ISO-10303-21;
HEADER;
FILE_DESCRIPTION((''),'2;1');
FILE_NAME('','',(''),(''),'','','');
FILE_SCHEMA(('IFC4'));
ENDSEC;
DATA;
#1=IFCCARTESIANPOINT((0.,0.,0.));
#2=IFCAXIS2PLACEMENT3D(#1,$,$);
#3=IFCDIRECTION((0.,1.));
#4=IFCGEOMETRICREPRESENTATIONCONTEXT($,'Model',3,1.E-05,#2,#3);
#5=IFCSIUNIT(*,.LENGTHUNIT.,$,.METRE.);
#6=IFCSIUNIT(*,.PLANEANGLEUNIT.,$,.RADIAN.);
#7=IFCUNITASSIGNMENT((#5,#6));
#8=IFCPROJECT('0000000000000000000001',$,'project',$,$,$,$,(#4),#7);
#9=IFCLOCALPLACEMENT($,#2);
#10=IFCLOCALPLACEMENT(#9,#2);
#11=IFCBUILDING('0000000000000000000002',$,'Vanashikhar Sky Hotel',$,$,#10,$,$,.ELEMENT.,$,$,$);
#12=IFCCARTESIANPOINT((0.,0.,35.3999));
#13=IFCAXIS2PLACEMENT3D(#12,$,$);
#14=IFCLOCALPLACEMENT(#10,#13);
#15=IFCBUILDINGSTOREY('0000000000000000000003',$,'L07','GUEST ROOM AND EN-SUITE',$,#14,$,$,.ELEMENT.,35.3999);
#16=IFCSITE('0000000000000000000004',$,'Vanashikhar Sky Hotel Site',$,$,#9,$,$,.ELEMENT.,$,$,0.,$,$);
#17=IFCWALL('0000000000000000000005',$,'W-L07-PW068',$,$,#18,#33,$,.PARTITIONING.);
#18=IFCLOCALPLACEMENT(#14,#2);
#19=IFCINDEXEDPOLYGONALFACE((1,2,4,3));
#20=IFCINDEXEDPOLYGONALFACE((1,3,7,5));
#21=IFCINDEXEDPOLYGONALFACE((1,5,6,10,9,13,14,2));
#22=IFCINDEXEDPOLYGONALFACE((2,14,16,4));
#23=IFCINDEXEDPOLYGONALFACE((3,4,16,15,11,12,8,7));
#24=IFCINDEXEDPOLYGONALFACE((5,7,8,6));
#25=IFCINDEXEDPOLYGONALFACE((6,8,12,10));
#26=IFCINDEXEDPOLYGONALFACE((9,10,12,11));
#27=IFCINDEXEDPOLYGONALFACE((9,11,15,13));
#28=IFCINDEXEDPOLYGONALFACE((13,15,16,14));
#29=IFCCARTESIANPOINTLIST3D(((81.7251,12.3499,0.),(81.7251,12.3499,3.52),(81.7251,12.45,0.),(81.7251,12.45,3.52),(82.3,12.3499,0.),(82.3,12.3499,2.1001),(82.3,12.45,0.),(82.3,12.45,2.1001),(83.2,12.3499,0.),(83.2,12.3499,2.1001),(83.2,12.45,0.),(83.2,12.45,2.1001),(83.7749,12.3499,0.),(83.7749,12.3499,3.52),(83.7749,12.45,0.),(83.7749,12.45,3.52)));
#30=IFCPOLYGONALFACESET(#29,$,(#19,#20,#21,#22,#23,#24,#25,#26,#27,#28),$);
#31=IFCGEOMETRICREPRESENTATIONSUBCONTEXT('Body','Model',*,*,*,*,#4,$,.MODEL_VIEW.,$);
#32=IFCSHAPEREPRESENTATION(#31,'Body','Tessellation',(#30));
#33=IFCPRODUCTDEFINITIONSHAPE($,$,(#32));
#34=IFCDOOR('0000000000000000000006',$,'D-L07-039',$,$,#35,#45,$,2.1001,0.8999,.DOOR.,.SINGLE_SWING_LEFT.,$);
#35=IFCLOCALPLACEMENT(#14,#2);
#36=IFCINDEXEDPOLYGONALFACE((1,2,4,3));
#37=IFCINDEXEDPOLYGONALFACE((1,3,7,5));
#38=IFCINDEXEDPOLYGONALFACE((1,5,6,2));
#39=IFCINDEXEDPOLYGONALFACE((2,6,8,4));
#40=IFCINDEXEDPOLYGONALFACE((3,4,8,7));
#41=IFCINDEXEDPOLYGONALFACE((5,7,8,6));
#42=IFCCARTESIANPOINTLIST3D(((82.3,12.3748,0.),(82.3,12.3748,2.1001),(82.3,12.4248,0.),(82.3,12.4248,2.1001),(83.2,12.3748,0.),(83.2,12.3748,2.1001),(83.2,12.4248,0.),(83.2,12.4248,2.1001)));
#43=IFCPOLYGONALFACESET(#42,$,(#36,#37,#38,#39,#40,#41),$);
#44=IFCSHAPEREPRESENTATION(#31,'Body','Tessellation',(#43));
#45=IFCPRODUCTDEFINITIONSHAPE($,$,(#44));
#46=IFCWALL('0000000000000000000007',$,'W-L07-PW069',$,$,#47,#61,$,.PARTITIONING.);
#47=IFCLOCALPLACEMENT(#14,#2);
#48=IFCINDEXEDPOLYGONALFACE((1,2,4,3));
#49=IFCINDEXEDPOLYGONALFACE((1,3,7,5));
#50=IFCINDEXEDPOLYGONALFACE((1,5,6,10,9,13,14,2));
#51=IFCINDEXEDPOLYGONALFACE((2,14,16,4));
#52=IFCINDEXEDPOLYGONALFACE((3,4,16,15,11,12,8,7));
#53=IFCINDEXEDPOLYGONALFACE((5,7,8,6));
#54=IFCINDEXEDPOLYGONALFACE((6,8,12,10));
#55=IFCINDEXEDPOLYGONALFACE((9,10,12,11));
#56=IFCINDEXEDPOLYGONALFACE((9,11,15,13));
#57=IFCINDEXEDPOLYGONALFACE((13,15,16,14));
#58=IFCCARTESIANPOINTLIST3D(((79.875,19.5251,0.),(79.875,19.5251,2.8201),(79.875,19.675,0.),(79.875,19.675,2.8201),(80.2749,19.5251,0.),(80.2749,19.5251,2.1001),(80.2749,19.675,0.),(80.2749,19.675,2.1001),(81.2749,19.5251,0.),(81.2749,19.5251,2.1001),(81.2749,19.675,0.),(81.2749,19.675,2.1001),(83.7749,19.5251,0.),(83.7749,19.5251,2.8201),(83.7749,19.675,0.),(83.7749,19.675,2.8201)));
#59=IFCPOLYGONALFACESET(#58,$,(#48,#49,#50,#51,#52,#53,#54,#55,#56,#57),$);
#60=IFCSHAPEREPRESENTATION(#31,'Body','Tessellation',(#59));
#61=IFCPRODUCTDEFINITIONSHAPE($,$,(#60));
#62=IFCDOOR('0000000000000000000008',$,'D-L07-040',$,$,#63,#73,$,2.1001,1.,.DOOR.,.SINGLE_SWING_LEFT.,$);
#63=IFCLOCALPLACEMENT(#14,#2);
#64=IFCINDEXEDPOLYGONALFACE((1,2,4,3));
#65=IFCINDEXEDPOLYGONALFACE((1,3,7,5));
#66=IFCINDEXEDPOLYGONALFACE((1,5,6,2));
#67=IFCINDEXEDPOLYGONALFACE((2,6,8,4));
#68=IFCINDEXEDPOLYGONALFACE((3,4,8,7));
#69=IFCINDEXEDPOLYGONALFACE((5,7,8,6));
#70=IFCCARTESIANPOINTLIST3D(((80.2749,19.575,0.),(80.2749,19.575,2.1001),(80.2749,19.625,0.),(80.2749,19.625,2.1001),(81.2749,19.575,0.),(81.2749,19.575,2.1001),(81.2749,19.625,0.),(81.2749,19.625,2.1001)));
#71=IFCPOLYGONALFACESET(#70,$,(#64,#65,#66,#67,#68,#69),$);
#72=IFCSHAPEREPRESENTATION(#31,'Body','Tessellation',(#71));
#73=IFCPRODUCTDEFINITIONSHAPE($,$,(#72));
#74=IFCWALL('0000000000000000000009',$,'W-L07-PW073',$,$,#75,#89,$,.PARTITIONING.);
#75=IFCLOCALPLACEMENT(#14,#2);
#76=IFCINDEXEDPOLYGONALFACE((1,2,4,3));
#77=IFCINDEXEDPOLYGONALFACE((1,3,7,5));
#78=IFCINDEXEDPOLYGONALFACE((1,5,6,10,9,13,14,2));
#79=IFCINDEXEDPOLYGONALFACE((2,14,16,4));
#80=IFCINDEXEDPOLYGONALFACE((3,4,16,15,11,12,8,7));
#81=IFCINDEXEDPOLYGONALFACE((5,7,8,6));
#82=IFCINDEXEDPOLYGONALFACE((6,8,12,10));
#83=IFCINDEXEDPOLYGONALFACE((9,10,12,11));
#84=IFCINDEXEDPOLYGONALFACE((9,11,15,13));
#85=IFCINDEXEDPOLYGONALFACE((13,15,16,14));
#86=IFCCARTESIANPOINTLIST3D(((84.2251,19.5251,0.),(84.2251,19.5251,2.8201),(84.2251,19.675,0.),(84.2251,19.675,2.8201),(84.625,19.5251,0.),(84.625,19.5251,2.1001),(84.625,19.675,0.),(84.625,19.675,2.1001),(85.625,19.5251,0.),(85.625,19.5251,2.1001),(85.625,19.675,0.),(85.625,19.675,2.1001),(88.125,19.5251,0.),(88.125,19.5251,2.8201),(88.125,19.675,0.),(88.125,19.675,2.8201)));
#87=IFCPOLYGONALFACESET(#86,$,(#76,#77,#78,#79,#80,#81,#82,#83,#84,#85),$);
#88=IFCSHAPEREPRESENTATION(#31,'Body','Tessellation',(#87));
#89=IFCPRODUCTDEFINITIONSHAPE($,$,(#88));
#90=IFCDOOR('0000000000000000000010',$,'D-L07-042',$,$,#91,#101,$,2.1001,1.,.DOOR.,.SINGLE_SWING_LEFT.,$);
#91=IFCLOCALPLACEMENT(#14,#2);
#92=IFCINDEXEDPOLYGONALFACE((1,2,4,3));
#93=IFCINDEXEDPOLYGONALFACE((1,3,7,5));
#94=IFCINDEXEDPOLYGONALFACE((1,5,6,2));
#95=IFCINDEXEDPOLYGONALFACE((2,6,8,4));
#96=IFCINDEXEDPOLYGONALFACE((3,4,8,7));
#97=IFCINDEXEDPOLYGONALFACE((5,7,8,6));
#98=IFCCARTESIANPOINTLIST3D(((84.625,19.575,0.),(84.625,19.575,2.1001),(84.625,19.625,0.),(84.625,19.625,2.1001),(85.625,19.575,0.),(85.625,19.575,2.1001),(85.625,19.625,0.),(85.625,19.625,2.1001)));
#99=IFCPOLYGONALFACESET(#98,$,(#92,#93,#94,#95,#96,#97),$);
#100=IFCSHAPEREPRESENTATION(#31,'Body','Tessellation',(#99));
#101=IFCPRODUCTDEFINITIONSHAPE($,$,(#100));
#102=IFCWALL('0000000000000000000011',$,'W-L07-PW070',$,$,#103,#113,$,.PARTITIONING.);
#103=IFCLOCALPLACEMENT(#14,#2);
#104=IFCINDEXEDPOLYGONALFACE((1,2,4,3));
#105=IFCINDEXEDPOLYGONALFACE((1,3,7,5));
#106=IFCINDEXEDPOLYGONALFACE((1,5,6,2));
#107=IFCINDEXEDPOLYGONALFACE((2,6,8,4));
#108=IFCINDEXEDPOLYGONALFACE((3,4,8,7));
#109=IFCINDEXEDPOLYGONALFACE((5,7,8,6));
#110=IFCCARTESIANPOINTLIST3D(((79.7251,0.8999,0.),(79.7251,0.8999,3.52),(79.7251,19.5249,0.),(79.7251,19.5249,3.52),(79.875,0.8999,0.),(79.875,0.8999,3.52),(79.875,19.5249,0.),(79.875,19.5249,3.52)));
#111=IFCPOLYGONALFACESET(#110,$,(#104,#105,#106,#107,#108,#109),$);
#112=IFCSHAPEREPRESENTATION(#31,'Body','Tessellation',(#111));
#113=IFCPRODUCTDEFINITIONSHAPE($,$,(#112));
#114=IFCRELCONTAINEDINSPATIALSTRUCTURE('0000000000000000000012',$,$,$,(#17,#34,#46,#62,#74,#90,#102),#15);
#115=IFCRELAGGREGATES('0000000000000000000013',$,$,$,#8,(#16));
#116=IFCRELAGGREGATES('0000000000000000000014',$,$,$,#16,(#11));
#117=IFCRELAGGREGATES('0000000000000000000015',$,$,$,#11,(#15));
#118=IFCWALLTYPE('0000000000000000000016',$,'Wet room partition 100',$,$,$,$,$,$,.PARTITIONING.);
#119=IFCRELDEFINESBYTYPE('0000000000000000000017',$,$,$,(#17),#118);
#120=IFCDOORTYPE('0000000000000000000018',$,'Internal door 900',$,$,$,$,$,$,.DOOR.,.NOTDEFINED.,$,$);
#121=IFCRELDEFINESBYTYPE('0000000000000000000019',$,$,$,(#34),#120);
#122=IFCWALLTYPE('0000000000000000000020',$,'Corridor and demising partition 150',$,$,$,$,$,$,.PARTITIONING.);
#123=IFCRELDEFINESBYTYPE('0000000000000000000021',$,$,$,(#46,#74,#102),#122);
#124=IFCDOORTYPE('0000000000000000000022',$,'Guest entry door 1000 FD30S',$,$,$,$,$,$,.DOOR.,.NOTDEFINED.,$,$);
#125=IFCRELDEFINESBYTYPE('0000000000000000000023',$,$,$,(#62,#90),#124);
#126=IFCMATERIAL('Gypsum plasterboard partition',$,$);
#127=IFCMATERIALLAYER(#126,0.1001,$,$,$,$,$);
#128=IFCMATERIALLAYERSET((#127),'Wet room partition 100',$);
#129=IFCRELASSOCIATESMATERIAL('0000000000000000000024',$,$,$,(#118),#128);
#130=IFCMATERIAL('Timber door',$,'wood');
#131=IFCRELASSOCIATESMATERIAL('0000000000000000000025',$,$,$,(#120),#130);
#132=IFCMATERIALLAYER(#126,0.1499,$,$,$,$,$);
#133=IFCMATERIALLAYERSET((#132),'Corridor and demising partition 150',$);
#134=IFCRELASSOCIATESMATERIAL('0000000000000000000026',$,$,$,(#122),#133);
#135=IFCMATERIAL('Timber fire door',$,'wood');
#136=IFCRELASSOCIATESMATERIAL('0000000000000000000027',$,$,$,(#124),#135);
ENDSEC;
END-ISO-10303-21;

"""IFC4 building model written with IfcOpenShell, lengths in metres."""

from ifc_helpers import new_model, si_unit, direction, frame, frame_2d, origin, place, context, subcontext, project, spatial, rectangle, extrude, source, transform, mapped, material, layer, layer_set, type_object, element, fill, save


model = new_model("IFC4")

# Units and contexts
model_context = context("Model", 3, precision=1e-05, world=origin(), true_north=direction((0.0, 1.0)))
body_context = subcontext(model_context, "Body", "Model", "MODEL_VIEW")
ifc_project = project(units=[si_unit("LENGTHUNIT", "METRE"), si_unit("PLANEANGLEUNIT", "RADIAN")], contexts=[model_context])

# Site, building, storey
site_placement = place(None, origin())
site = spatial("IfcSite", under=ifc_project, at=site_placement, Name="Vanashikhar Sky Hotel Site", CompositionType="ELEMENT", RefElevation=0.0)
building_placement = place(site_placement, origin())
building = spatial("IfcBuilding", under=site, at=building_placement, Name="Vanashikhar Sky Hotel", CompositionType="ELEMENT")
storey_placement = place(building_placement, frame((0.0, 0.0, 35.3999)))
storey = spatial("IfcBuildingStorey", under=building, at=storey_placement, Name="L07", Description="GUEST ROOM AND EN-SUITE", CompositionType="ELEMENT", Elevation=35.3999)

# Shared definitions
ifc_material_1 = material(Name="Gypsum plasterboard partition")
ifc_layer_1 = layer(ifc_material_1, 0.1001)
ifc_layer_set_1 = layer_set([ifc_layer_1], Name="Wet room partition 100")
wall_type_1 = type_object("IfcWallType", Name="Wet room partition 100", PredefinedType="PARTITIONING", material=ifc_layer_set_1)

# Walls, openings, doors
shared_shape_1 = source(origin(), body_context, "Body", "SweptSolid", [
    extrude(rectangle(XDim=0.8999, YDim=2.1001, at=frame_2d((0.45, 1.05))), frame((0.0, 0.0601, 0.0), z_axis=(0.0, -1.0, 0.0), x_axis=(1.0, 0.0, 0.0)), (0.0, 0.0, 1.0), 0.1201),
])
ifc_material_2 = material(Name="Timber door", Category="wood")
door_type_1 = type_object("IfcDoorType", Name="Internal door 900", OperationType="NOTDEFINED", PredefinedType="DOOR", material=ifc_material_2)
shared_shape_2 = source(origin(), body_context, "Body", "SweptSolid", [
    extrude(rectangle(XDim=0.8999, YDim=2.1001, at=frame_2d((0.45, 1.05))), frame((0.0, 0.0249, 0.0), z_axis=(0.0, -1.0, 0.0), x_axis=(1.0, 0.0, 0.0)), (0.0, 0.0, 1.0), 0.05),
])
ifc_layer_2 = layer(ifc_material_1, 0.1499)
ifc_layer_set_2 = layer_set([ifc_layer_2], Name="Corridor and demising partition 150")
wall_type_2 = type_object("IfcWallType", Name="Corridor and demising partition 150", PredefinedType="PARTITIONING", material=ifc_layer_set_2)
shared_shape_3 = source(origin(), body_context, "Body", "SweptSolid", [
    extrude(rectangle(XDim=1.0, YDim=2.1001, at=frame_2d((0.5, 1.05))), frame((0.0, 0.085, 0.0), z_axis=(0.0, -1.0, 0.0), x_axis=(1.0, 0.0, 0.0)), (0.0, 0.0, 1.0), 0.1699),
])
ifc_material_3 = material(Name="Timber fire door", Category="wood")
door_type_2 = type_object("IfcDoorType", Name="Guest entry door 1000 FD30S", OperationType="NOTDEFINED", PredefinedType="DOOR", material=ifc_material_3)
shared_shape_4 = source(origin(), body_context, "Body", "SweptSolid", [
    extrude(rectangle(XDim=1.0, YDim=2.1001, at=frame_2d((0.5, 1.05))), frame((0.0, 0.0249, 0.0), z_axis=(0.0, -1.0, 0.0), x_axis=(1.0, 0.0, 0.0)), (0.0, 0.0, 1.0), 0.05),
])
shared_shape_5 = source(origin(), body_context, "Body", "SweptSolid", [
    extrude(rectangle(XDim=2.0498, YDim=0.1001, at=frame_2d((1.0249, 0.0))), origin(), (0.0, 0.0, 1.0), 3.52),
])
wall_1_placement = place(storey_placement, frame((81.7251, 12.3999, 0.0), z_axis=(0.0, 0.0, 1.0), x_axis=(1.0, 0.0, 0.0)))
wall_1 = element("IfcWall", 1, at=wall_1_placement, inside=storey, type_object=wall_type_1, Name="W-L07-PW068", PredefinedType="PARTITIONING", context=body_context, shape_type="MappedRepresentation", body=[
    mapped(shared_shape_5, transform((0.0, 0.0, 0.0), scale=1.0)),
])
opening_1_placement = place(wall_1_placement, frame((0.575, 0.0, 0.0)))
opening_1 = element("IfcOpeningElement", 2, at=opening_1_placement, cuts=wall_1, PredefinedType="OPENING", context=body_context, shape_type="MappedRepresentation", body=[
    mapped(shared_shape_1, transform((0.0, 0.0, 0.0), scale=1.0)),
])
door_1_placement = place(opening_1_placement, origin())
door_1 = element("IfcDoor", 3, at=door_1_placement, inside=storey, type_object=door_type_1, Name="D-L07-039", OperationType="SINGLE_SWING_LEFT", OverallHeight=2.1001, OverallWidth=0.8999, PredefinedType="DOOR", context=body_context, shape_type="MappedRepresentation", body=[
    mapped(shared_shape_2, transform((0.0, 0.0, 0.0), scale=1.0)),
])
fill(opening_1, door_1)
shared_shape_6 = source(origin(), body_context, "Body", "SweptSolid", [
    extrude(rectangle(XDim=3.8999, YDim=0.1499, at=frame_2d((1.95, 0.0))), origin(), (0.0, 0.0, 1.0), 2.8201),
])
wall_2_placement = place(storey_placement, frame((79.875, 19.6001, 0.0), z_axis=(0.0, 0.0, 1.0), x_axis=(1.0, 0.0, 0.0)))
wall_2 = element("IfcWall", 4, at=wall_2_placement, inside=storey, type_object=wall_type_2, Name="W-L07-PW069", PredefinedType="PARTITIONING", context=body_context, shape_type="MappedRepresentation", body=[
    mapped(shared_shape_6, transform((0.0, 0.0, 0.0), scale=1.0)),
])
opening_2_placement = place(wall_2_placement, frame((0.3999, 0.0, 0.0)))
opening_2 = element("IfcOpeningElement", 5, at=opening_2_placement, cuts=wall_2, PredefinedType="OPENING", context=body_context, shape_type="MappedRepresentation", body=[
    mapped(shared_shape_3, transform((0.0, 0.0, 0.0), scale=1.0)),
])
door_2_placement = place(opening_2_placement, origin())
door_2 = element("IfcDoor", 6, at=door_2_placement, inside=storey, type_object=door_type_2, Name="D-L07-040", OperationType="SINGLE_SWING_LEFT", OverallHeight=2.1001, OverallWidth=1.0, PredefinedType="DOOR", context=body_context, shape_type="MappedRepresentation", body=[
    mapped(shared_shape_4, transform((0.0, 0.0, 0.0), scale=1.0)),
])
fill(opening_2, door_2)
wall_3_placement = place(storey_placement, frame((84.2251, 19.6001, 0.0), z_axis=(0.0, 0.0, 1.0), x_axis=(1.0, 0.0, 0.0)))
wall_3 = element("IfcWall", 7, at=wall_3_placement, inside=storey, type_object=wall_type_2, Name="W-L07-PW073", PredefinedType="PARTITIONING", context=body_context, shape_type="MappedRepresentation", body=[
    mapped(shared_shape_6, transform((0.0, 0.0, 0.0), scale=1.0)),
])
opening_3_placement = place(wall_3_placement, frame((0.3999, 0.0, 0.0)))
opening_3 = element("IfcOpeningElement", 8, at=opening_3_placement, cuts=wall_3, PredefinedType="OPENING", context=body_context, shape_type="MappedRepresentation", body=[
    mapped(shared_shape_3, transform((0.0, 0.0, 0.0), scale=1.0)),
])
door_3_placement = place(opening_3_placement, origin())
door_3 = element("IfcDoor", 9, at=door_3_placement, inside=storey, type_object=door_type_2, Name="D-L07-042", OperationType="SINGLE_SWING_LEFT", OverallHeight=2.1001, OverallWidth=1.0, PredefinedType="DOOR", context=body_context, shape_type="MappedRepresentation", body=[
    mapped(shared_shape_4, transform((0.0, 0.0, 0.0), scale=1.0)),
])
fill(opening_3, door_3)

# Wall
shared_shape_7 = source(origin(), body_context, "Body", "SweptSolid", [
    extrude(rectangle(XDim=18.625, YDim=0.1499, at=frame_2d((9.3125, 0.0))), origin(), (0.0, 0.0, 1.0), 3.52),
])
wall_4_placement = place(storey_placement, frame((79.8, 0.8999, 0.0), z_axis=(0.0, 0.0, 1.0), x_axis=(0.0, 1.0, 0.0)))
element("IfcWall", 10, at=wall_4_placement, inside=storey, type_object=wall_type_2, Name="W-L07-PW070", PredefinedType="PARTITIONING", context=body_context, shape_type="MappedRepresentation", body=[
    mapped(shared_shape_7, transform((0.0, 0.0, 0.0), scale=1.0)),
])

save(model, "model.ifc")
